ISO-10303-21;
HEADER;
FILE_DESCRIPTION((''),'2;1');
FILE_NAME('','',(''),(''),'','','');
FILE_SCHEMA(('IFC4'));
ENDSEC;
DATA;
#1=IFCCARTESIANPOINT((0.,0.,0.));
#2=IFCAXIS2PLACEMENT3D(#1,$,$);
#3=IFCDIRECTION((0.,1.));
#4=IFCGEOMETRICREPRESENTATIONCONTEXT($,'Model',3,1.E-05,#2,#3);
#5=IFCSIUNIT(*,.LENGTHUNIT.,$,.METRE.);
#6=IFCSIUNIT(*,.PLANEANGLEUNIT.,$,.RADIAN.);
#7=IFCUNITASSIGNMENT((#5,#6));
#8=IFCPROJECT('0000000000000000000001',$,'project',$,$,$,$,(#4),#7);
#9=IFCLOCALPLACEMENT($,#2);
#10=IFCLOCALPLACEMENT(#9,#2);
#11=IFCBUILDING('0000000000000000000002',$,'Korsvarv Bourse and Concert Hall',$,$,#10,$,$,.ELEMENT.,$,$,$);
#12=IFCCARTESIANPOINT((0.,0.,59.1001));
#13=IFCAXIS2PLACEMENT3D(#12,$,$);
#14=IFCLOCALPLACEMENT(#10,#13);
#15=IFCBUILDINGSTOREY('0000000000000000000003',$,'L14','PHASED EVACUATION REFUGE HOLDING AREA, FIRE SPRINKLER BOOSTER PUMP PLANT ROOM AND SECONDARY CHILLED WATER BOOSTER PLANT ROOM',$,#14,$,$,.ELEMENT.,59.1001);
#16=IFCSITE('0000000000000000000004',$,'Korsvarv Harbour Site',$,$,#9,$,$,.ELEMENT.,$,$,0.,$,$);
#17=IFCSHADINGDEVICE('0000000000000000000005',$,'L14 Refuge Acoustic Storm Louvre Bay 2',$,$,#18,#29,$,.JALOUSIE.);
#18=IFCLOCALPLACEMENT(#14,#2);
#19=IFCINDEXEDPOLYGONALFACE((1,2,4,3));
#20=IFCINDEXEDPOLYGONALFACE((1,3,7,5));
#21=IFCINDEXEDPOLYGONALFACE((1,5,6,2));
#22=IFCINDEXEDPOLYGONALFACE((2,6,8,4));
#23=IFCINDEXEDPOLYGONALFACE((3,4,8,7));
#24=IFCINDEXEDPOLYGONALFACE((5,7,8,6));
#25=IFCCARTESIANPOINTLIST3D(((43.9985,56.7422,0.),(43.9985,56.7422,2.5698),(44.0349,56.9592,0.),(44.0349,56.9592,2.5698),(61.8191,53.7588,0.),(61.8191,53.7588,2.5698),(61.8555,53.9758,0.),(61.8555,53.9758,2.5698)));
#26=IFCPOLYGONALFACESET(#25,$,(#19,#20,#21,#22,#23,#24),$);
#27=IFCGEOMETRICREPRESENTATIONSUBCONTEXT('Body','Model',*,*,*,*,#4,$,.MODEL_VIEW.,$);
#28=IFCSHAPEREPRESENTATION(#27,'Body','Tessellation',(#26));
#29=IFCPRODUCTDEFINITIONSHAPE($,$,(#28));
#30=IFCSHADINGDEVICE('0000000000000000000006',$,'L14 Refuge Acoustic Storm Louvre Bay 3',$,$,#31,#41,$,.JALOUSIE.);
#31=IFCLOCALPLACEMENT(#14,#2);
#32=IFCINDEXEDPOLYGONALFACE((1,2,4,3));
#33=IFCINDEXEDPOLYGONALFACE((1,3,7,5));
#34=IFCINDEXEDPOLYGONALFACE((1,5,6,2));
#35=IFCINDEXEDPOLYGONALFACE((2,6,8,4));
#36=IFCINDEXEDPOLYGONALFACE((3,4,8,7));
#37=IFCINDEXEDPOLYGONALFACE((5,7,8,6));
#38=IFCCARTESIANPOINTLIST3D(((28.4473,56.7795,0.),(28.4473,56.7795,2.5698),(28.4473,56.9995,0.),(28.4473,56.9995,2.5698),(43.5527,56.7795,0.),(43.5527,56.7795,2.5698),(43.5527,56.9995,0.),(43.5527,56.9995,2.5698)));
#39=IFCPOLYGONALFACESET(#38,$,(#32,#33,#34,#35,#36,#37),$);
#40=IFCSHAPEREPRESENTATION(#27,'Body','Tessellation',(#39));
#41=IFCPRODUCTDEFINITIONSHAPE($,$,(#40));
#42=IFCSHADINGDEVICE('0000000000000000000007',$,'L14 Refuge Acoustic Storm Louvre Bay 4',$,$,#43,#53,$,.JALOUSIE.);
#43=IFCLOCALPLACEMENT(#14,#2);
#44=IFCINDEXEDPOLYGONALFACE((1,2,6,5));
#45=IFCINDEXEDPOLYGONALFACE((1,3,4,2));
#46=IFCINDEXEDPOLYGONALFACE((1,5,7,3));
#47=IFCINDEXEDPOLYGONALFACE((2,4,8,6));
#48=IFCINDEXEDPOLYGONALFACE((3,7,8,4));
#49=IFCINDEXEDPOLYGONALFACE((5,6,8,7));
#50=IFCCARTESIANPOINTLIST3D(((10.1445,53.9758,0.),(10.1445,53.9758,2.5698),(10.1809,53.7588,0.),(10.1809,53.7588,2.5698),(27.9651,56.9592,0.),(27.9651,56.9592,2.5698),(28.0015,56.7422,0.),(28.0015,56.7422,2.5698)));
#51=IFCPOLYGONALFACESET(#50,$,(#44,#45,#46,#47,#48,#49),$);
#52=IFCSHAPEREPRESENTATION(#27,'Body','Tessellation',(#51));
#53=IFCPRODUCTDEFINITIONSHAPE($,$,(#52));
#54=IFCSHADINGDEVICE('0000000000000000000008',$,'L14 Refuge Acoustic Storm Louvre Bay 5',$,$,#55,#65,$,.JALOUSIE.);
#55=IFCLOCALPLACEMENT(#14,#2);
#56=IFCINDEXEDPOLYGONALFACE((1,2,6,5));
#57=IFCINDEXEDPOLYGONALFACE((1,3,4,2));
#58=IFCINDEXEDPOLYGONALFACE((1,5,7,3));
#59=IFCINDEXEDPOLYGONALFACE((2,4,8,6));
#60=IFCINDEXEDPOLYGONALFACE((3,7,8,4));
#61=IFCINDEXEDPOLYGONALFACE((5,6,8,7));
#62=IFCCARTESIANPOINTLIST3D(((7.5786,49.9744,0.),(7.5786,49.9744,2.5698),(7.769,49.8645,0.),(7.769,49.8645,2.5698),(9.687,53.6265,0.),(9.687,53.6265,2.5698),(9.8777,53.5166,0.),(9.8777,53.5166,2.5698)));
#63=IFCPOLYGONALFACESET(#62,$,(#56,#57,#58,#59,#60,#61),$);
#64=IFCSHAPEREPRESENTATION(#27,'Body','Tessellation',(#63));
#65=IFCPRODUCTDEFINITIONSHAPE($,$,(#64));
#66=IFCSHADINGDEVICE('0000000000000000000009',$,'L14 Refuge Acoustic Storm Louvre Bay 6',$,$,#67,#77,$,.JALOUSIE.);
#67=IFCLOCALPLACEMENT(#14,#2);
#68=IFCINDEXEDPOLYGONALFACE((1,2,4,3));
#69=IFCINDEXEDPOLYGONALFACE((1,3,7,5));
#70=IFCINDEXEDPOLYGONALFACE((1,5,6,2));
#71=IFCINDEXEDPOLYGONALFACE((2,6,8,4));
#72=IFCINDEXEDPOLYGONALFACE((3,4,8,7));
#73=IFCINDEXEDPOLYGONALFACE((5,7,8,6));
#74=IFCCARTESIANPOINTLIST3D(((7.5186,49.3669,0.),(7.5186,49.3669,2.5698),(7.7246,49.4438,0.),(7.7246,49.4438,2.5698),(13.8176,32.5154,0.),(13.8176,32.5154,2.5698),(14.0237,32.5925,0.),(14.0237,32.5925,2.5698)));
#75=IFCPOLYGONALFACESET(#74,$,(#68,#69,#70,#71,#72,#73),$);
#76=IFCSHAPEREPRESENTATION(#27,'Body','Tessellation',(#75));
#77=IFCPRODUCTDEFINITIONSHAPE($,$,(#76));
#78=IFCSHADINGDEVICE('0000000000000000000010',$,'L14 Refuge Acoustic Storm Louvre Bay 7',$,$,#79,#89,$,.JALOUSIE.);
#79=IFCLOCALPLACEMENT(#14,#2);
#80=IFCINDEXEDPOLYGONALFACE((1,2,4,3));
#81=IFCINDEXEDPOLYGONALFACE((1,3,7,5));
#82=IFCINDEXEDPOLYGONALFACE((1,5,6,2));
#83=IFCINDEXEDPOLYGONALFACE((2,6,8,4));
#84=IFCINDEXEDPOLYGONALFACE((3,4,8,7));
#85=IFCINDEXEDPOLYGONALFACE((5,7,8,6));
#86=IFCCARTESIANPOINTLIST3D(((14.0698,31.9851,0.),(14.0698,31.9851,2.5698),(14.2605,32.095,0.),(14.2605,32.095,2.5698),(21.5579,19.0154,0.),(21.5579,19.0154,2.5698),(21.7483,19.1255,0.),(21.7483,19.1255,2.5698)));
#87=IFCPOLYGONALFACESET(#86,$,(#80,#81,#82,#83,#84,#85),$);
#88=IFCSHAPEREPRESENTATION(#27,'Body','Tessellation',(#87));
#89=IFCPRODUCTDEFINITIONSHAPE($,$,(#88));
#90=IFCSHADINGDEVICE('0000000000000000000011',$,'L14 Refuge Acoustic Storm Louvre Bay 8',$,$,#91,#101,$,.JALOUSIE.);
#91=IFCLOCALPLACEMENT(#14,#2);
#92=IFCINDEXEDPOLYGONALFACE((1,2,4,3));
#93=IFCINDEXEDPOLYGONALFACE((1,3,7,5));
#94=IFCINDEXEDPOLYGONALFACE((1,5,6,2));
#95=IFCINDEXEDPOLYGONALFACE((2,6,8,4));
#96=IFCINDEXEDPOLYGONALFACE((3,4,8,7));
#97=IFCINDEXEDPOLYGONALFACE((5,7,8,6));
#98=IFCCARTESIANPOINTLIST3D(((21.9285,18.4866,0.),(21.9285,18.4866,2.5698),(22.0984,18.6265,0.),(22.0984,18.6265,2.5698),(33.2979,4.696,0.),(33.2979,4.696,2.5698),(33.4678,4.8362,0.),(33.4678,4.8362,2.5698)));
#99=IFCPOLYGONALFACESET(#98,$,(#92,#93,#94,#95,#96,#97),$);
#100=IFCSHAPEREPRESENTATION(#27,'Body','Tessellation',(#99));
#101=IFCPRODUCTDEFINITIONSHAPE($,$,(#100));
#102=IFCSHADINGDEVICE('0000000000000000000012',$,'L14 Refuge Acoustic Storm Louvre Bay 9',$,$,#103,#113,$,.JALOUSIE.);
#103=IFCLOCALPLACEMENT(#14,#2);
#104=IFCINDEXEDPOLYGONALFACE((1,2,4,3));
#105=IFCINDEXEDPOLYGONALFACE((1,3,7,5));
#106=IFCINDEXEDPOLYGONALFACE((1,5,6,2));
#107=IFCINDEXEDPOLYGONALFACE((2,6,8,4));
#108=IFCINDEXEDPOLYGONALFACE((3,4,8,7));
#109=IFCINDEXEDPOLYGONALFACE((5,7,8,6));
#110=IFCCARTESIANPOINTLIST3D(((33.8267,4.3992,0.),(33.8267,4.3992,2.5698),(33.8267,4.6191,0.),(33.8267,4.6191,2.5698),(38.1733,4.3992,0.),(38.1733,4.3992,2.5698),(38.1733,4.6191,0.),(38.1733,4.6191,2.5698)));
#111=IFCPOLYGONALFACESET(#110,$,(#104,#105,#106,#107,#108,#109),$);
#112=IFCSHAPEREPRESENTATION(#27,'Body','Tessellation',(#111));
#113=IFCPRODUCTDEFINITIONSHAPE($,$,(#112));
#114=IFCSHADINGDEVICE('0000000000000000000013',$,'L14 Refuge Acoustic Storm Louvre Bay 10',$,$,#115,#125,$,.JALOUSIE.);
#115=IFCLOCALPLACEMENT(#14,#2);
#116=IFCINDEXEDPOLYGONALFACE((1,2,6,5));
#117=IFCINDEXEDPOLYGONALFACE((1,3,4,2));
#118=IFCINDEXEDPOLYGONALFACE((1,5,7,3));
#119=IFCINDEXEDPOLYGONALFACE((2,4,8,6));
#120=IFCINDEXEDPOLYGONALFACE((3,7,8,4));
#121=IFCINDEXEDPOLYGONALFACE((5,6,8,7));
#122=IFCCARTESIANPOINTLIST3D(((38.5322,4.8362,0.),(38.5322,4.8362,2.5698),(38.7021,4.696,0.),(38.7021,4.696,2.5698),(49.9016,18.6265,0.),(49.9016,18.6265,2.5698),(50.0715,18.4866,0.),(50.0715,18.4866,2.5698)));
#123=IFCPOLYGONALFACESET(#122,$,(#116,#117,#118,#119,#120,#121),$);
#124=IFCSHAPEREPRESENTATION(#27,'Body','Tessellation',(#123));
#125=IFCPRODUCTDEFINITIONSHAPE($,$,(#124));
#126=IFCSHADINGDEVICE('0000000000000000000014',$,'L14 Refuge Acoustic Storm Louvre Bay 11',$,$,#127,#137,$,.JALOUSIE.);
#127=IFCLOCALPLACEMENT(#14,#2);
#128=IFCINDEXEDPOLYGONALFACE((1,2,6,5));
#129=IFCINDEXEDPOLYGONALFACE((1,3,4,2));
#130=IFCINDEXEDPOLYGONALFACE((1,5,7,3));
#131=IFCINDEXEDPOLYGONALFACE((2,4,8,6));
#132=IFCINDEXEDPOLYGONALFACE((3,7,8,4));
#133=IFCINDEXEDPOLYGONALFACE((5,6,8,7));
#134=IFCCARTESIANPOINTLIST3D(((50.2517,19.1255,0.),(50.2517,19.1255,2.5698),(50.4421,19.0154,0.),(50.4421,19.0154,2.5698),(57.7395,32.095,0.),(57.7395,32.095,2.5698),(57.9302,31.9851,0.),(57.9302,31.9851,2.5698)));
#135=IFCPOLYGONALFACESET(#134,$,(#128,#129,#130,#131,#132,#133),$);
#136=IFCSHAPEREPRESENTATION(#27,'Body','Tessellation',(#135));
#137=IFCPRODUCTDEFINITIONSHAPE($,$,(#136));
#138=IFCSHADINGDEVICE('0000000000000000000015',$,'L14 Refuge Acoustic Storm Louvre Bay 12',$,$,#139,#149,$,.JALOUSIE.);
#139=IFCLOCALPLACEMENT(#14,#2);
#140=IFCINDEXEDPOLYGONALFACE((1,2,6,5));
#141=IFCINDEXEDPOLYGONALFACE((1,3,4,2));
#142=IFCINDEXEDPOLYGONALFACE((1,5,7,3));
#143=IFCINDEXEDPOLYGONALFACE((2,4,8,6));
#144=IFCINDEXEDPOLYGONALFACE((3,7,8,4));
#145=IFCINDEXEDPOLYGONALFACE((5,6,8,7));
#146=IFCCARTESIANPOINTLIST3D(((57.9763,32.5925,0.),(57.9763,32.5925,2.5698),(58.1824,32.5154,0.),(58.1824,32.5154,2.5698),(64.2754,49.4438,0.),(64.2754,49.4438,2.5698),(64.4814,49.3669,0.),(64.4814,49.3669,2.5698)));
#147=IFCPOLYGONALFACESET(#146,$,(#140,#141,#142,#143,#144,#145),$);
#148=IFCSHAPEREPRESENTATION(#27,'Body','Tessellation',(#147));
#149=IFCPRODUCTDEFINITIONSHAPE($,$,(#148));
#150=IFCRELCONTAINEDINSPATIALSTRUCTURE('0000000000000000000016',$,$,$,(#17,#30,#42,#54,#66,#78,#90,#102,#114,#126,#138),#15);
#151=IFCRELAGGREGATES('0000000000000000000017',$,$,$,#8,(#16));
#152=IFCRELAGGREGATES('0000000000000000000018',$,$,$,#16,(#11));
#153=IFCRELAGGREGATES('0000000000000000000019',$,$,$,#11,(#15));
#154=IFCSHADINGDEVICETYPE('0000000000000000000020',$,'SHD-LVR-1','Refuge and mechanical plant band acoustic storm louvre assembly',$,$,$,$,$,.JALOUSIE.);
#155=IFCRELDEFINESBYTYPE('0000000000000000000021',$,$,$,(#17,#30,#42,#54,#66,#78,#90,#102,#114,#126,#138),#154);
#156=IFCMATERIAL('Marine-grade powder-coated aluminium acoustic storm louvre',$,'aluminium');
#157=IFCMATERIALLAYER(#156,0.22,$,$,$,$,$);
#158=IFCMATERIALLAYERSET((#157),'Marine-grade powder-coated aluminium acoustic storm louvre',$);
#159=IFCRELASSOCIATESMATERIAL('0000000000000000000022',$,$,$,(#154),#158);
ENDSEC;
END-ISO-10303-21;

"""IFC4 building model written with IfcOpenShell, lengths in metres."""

from ifc_helpers import new_model, si_unit, direction, frame, origin, place, context, subcontext, project, spatial, polyline, outline, extrude, material, layer, layer_set, type_object, element, save


model = new_model("IFC4")

# Units and contexts
model_context = context("Model", 3, precision=1e-05, world=origin(), true_north=direction((0.0, 1.0)))
body_context = subcontext(model_context, "Body", "Model", "MODEL_VIEW")
ifc_project = project(units=[si_unit("LENGTHUNIT", "METRE"), si_unit("PLANEANGLEUNIT", "RADIAN")], contexts=[model_context])

# Site, building, storey
site_placement = place(None, origin())
site = spatial("IfcSite", under=ifc_project, at=site_placement, Name="Korsvarv Harbour Site", CompositionType="ELEMENT", RefElevation=0.0)
building_placement = place(site_placement, origin())
building = spatial("IfcBuilding", under=site, at=building_placement, Name="Korsvarv Bourse and Concert Hall", CompositionType="ELEMENT")
storey_placement = place(building_placement, frame((0.0, 0.0, 59.1001)))
storey = spatial("IfcBuildingStorey", under=building, at=storey_placement, Name="L14", Description="PHASED EVACUATION REFUGE HOLDING AREA, FIRE SPRINKLER BOOSTER PUMP PLANT ROOM AND SECONDARY CHILLED WATER BOOSTER PLANT ROOM", CompositionType="ELEMENT", Elevation=59.1001)

# Shading devices
ifc_material_1 = material(Name="Marine-grade powder-coated aluminium acoustic storm louvre", Category="aluminium")
ifc_layer_1 = layer(ifc_material_1, 0.22)
ifc_layer_set_1 = layer_set([ifc_layer_1], Name="Marine-grade powder-coated aluminium acoustic storm louvre")
shading_device_type = type_object("IfcShadingDeviceType", Name="SHD-LVR-1", Description="Refuge and mechanical plant band acoustic storm louvre assembly", PredefinedType="JALOUSIE", material=ifc_layer_set_1)
shading_device_1_placement = place(storey_placement, origin())
element("IfcShadingDevice", 1, at=shading_device_1_placement, inside=storey, type_object=shading_device_type, Name="L14 Refuge Acoustic Storm Louvre Bay 2", PredefinedType="JALOUSIE", context=body_context, shape_type="SweptSolid", body=[
    extrude(outline(polyline([(61.8191, 53.7588), (43.9985, 56.7422), (44.0349, 56.9592), (61.8555, 53.9758), (61.8191, 53.7588)])), origin(), (0.0, 0.0, 1.0), 2.5698),
])
shading_device_2_placement = place(storey_placement, origin())
element("IfcShadingDevice", 2, at=shading_device_2_placement, inside=storey, type_object=shading_device_type, Name="L14 Refuge Acoustic Storm Louvre Bay 3", PredefinedType="JALOUSIE", context=body_context, shape_type="SweptSolid", body=[
    extrude(outline(polyline([(43.5527, 56.7795), (28.4473, 56.7795), (28.4473, 56.9995), (43.5527, 56.9995), (43.5527, 56.7795)])), origin(), (0.0, 0.0, 1.0), 2.5698),
])
shading_device_3_placement = place(storey_placement, origin())
element("IfcShadingDevice", 3, at=shading_device_3_placement, inside=storey, type_object=shading_device_type, Name="L14 Refuge Acoustic Storm Louvre Bay 4", PredefinedType="JALOUSIE", context=body_context, shape_type="SweptSolid", body=[
    extrude(outline(polyline([(28.0015, 56.7422), (10.1809, 53.7588), (10.1445, 53.9758), (27.9651, 56.9592), (28.0015, 56.7422)])), origin(), (0.0, 0.0, 1.0), 2.5698),
])
shading_device_4_placement = place(storey_placement, origin())
element("IfcShadingDevice", 4, at=shading_device_4_placement, inside=storey, type_object=shading_device_type, Name="L14 Refuge Acoustic Storm Louvre Bay 5", PredefinedType="JALOUSIE", context=body_context, shape_type="SweptSolid", body=[
    extrude(outline(polyline([(9.8777, 53.5166), (7.769, 49.8645), (7.5786, 49.9744), (9.687, 53.6265), (9.8777, 53.5166)])), origin(), (0.0, 0.0, 1.0), 2.5698),
])
shading_device_5_placement = place(storey_placement, origin())
element("IfcShadingDevice", 5, at=shading_device_5_placement, inside=storey, type_object=shading_device_type, Name="L14 Refuge Acoustic Storm Louvre Bay 6", PredefinedType="JALOUSIE", context=body_context, shape_type="SweptSolid", body=[
    extrude(outline(polyline([(7.7246, 49.4438), (14.0237, 32.5925), (13.8176, 32.5154), (7.5186, 49.3669), (7.7246, 49.4438)])), origin(), (0.0, 0.0, 1.0), 2.5698),
])
shading_device_6_placement = place(storey_placement, origin())
element("IfcShadingDevice", 6, at=shading_device_6_placement, inside=storey, type_object=shading_device_type, Name="L14 Refuge Acoustic Storm Louvre Bay 7", PredefinedType="JALOUSIE", context=body_context, shape_type="SweptSolid", body=[
    extrude(outline(polyline([(14.2605, 32.095), (21.7483, 19.1255), (21.5579, 19.0154), (14.0698, 31.9851), (14.2605, 32.095)])), origin(), (0.0, 0.0, 1.0), 2.5698),
])
shading_device_7_placement = place(storey_placement, origin())
element("IfcShadingDevice", 7, at=shading_device_7_placement, inside=storey, type_object=shading_device_type, Name="L14 Refuge Acoustic Storm Louvre Bay 8", PredefinedType="JALOUSIE", context=body_context, shape_type="SweptSolid", body=[
    extrude(outline(polyline([(22.0984, 18.6265), (33.4678, 4.8362), (33.2979, 4.696), (21.9285, 18.4866), (22.0984, 18.6265)])), origin(), (0.0, 0.0, 1.0), 2.5698),
])
shading_device_8_placement = place(storey_placement, origin())
element("IfcShadingDevice", 8, at=shading_device_8_placement, inside=storey, type_object=shading_device_type, Name="L14 Refuge Acoustic Storm Louvre Bay 9", PredefinedType="JALOUSIE", context=body_context, shape_type="SweptSolid", body=[
    extrude(outline(polyline([(33.8267, 4.6191), (38.1733, 4.6191), (38.1733, 4.3992), (33.8267, 4.3992), (33.8267, 4.6191)])), origin(), (0.0, 0.0, 1.0), 2.5698),
])
shading_device_9_placement = place(storey_placement, origin())
element("IfcShadingDevice", 9, at=shading_device_9_placement, inside=storey, type_object=shading_device_type, Name="L14 Refuge Acoustic Storm Louvre Bay 10", PredefinedType="JALOUSIE", context=body_context, shape_type="SweptSolid", body=[
    extrude(outline(polyline([(38.5322, 4.8362), (49.9016, 18.6265), (50.0715, 18.4866), (38.7021, 4.696), (38.5322, 4.8362)])), origin(), (0.0, 0.0, 1.0), 2.5698),
])
shading_device_10_placement = place(storey_placement, origin())
element("IfcShadingDevice", 10, at=shading_device_10_placement, inside=storey, type_object=shading_device_type, Name="L14 Refuge Acoustic Storm Louvre Bay 11", PredefinedType="JALOUSIE", context=body_context, shape_type="SweptSolid", body=[
    extrude(outline(polyline([(50.2517, 19.1255), (57.7395, 32.095), (57.9302, 31.9851), (50.4421, 19.0154), (50.2517, 19.1255)])), origin(), (0.0, 0.0, 1.0), 2.5698),
])
shading_device_11_placement = place(storey_placement, origin())
element("IfcShadingDevice", 11, at=shading_device_11_placement, inside=storey, type_object=shading_device_type, Name="L14 Refuge Acoustic Storm Louvre Bay 12", PredefinedType="JALOUSIE", context=body_context, shape_type="SweptSolid", body=[
    extrude(outline(polyline([(57.9763, 32.5925), (64.2754, 49.4438), (64.4814, 49.3669), (58.1824, 32.5154), (57.9763, 32.5925)])), origin(), (0.0, 0.0, 1.0), 2.5698),
])

save(model, "model.ifc")
